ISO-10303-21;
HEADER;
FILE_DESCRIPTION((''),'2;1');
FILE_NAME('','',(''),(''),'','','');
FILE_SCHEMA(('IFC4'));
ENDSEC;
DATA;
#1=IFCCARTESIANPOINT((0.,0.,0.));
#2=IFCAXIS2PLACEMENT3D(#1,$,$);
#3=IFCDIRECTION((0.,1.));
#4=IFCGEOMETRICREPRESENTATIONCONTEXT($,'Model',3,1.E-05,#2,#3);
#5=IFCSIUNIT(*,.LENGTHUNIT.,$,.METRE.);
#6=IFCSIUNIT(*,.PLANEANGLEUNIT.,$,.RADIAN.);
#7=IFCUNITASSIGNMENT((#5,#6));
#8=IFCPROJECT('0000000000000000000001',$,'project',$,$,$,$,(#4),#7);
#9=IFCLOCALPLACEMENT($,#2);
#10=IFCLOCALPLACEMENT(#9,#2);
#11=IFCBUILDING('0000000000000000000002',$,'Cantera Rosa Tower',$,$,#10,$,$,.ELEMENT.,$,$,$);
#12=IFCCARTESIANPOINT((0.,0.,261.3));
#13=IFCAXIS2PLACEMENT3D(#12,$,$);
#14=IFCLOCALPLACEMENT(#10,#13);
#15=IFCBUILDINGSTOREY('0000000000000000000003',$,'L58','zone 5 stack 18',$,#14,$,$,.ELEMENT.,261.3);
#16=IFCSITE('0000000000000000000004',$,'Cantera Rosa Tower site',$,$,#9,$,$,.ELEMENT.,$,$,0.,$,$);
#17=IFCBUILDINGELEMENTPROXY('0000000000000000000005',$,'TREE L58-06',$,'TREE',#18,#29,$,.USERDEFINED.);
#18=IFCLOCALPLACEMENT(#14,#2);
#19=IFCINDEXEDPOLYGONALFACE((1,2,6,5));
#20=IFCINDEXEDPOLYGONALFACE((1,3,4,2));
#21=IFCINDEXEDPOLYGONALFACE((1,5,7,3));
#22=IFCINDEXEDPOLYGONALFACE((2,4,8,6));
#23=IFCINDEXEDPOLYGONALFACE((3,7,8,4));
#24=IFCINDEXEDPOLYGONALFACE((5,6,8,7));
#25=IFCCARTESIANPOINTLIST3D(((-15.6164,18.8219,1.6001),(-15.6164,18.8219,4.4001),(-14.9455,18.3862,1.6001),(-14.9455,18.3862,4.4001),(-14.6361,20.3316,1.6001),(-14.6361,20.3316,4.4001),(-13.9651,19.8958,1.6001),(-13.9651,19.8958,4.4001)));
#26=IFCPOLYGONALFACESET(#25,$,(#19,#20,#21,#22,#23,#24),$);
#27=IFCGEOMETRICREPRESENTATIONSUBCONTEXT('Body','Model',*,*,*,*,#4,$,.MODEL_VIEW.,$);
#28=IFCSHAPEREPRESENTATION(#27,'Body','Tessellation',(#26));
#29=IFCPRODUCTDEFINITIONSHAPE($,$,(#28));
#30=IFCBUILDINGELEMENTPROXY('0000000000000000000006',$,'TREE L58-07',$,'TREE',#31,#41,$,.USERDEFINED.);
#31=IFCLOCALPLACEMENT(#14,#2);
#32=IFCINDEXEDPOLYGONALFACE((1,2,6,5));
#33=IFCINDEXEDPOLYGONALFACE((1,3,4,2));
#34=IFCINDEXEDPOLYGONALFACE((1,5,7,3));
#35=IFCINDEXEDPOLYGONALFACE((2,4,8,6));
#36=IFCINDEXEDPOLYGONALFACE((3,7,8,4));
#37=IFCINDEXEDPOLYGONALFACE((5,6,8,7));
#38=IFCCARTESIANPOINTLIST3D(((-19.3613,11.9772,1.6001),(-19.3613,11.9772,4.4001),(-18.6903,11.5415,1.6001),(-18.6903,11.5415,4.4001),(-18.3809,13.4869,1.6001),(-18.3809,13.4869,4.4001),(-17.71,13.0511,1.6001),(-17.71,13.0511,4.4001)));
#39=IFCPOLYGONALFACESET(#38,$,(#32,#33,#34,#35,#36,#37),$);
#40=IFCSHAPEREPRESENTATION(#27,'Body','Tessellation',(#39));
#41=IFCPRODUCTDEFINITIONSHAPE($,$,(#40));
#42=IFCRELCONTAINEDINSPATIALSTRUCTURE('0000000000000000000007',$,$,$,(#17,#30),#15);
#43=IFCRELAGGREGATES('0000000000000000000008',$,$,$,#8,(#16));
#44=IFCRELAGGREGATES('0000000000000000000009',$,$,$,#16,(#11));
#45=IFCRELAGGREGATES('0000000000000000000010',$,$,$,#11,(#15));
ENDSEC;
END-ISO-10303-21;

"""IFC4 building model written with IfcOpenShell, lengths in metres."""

from ifc_helpers import new_model, si_unit, direction, frame, origin, origin_2d, place, context, subcontext, project, spatial, rectangle, extrude, element, save


model = new_model("IFC4")

# Units and contexts
model_context = context("Model", 3, precision=1e-05, world=origin(), true_north=direction((0.0, 1.0)))
body_context = subcontext(model_context, "Body", "Model", "MODEL_VIEW")
ifc_project = project(units=[si_unit("LENGTHUNIT", "METRE"), si_unit("PLANEANGLEUNIT", "RADIAN")], contexts=[model_context])

# Site, building, storey
site_placement = place(None, origin())
site = spatial("IfcSite", under=ifc_project, at=site_placement, Name="Cantera Rosa Tower site", CompositionType="ELEMENT", RefElevation=0.0)
building_placement = place(site_placement, origin())
building = spatial("IfcBuilding", under=site, at=building_placement, Name="Cantera Rosa Tower", CompositionType="ELEMENT")
storey_placement = place(building_placement, frame((0.0, 0.0, 261.3)))
storey = spatial("IfcBuildingStorey", under=building, at=storey_placement, Name="L58", Description="zone 5 stack 18", CompositionType="ELEMENT", Elevation=261.3)

# Building element proxies
for number, where, z_axis, x_axis, name in (
    (1, (-14.7908, 19.3589, 1.6001), (0.0, 0.0, 1.0), (-0.544639, -0.838671, 0.0), "TREE L58-06"),
    (2, (-18.5356, 12.5142, 1.6001), (0.0, 0.0, 1.0), (-0.544639, -0.838671, 0.0), "TREE L58-07"),
):
    element("IfcBuildingElementProxy", number, at=place(storey_placement, frame(where, z_axis=z_axis, x_axis=x_axis)), inside=storey, Name=name, ObjectType="TREE", PredefinedType="USERDEFINED", context=body_context, shape_type="SweptSolid", body=[
        extrude(rectangle(XDim=1.8, YDim=0.8, at=origin_2d()), origin(), (0.0, 0.0, 1.0), 2.8),
    ])

save(model, "model.ifc")
